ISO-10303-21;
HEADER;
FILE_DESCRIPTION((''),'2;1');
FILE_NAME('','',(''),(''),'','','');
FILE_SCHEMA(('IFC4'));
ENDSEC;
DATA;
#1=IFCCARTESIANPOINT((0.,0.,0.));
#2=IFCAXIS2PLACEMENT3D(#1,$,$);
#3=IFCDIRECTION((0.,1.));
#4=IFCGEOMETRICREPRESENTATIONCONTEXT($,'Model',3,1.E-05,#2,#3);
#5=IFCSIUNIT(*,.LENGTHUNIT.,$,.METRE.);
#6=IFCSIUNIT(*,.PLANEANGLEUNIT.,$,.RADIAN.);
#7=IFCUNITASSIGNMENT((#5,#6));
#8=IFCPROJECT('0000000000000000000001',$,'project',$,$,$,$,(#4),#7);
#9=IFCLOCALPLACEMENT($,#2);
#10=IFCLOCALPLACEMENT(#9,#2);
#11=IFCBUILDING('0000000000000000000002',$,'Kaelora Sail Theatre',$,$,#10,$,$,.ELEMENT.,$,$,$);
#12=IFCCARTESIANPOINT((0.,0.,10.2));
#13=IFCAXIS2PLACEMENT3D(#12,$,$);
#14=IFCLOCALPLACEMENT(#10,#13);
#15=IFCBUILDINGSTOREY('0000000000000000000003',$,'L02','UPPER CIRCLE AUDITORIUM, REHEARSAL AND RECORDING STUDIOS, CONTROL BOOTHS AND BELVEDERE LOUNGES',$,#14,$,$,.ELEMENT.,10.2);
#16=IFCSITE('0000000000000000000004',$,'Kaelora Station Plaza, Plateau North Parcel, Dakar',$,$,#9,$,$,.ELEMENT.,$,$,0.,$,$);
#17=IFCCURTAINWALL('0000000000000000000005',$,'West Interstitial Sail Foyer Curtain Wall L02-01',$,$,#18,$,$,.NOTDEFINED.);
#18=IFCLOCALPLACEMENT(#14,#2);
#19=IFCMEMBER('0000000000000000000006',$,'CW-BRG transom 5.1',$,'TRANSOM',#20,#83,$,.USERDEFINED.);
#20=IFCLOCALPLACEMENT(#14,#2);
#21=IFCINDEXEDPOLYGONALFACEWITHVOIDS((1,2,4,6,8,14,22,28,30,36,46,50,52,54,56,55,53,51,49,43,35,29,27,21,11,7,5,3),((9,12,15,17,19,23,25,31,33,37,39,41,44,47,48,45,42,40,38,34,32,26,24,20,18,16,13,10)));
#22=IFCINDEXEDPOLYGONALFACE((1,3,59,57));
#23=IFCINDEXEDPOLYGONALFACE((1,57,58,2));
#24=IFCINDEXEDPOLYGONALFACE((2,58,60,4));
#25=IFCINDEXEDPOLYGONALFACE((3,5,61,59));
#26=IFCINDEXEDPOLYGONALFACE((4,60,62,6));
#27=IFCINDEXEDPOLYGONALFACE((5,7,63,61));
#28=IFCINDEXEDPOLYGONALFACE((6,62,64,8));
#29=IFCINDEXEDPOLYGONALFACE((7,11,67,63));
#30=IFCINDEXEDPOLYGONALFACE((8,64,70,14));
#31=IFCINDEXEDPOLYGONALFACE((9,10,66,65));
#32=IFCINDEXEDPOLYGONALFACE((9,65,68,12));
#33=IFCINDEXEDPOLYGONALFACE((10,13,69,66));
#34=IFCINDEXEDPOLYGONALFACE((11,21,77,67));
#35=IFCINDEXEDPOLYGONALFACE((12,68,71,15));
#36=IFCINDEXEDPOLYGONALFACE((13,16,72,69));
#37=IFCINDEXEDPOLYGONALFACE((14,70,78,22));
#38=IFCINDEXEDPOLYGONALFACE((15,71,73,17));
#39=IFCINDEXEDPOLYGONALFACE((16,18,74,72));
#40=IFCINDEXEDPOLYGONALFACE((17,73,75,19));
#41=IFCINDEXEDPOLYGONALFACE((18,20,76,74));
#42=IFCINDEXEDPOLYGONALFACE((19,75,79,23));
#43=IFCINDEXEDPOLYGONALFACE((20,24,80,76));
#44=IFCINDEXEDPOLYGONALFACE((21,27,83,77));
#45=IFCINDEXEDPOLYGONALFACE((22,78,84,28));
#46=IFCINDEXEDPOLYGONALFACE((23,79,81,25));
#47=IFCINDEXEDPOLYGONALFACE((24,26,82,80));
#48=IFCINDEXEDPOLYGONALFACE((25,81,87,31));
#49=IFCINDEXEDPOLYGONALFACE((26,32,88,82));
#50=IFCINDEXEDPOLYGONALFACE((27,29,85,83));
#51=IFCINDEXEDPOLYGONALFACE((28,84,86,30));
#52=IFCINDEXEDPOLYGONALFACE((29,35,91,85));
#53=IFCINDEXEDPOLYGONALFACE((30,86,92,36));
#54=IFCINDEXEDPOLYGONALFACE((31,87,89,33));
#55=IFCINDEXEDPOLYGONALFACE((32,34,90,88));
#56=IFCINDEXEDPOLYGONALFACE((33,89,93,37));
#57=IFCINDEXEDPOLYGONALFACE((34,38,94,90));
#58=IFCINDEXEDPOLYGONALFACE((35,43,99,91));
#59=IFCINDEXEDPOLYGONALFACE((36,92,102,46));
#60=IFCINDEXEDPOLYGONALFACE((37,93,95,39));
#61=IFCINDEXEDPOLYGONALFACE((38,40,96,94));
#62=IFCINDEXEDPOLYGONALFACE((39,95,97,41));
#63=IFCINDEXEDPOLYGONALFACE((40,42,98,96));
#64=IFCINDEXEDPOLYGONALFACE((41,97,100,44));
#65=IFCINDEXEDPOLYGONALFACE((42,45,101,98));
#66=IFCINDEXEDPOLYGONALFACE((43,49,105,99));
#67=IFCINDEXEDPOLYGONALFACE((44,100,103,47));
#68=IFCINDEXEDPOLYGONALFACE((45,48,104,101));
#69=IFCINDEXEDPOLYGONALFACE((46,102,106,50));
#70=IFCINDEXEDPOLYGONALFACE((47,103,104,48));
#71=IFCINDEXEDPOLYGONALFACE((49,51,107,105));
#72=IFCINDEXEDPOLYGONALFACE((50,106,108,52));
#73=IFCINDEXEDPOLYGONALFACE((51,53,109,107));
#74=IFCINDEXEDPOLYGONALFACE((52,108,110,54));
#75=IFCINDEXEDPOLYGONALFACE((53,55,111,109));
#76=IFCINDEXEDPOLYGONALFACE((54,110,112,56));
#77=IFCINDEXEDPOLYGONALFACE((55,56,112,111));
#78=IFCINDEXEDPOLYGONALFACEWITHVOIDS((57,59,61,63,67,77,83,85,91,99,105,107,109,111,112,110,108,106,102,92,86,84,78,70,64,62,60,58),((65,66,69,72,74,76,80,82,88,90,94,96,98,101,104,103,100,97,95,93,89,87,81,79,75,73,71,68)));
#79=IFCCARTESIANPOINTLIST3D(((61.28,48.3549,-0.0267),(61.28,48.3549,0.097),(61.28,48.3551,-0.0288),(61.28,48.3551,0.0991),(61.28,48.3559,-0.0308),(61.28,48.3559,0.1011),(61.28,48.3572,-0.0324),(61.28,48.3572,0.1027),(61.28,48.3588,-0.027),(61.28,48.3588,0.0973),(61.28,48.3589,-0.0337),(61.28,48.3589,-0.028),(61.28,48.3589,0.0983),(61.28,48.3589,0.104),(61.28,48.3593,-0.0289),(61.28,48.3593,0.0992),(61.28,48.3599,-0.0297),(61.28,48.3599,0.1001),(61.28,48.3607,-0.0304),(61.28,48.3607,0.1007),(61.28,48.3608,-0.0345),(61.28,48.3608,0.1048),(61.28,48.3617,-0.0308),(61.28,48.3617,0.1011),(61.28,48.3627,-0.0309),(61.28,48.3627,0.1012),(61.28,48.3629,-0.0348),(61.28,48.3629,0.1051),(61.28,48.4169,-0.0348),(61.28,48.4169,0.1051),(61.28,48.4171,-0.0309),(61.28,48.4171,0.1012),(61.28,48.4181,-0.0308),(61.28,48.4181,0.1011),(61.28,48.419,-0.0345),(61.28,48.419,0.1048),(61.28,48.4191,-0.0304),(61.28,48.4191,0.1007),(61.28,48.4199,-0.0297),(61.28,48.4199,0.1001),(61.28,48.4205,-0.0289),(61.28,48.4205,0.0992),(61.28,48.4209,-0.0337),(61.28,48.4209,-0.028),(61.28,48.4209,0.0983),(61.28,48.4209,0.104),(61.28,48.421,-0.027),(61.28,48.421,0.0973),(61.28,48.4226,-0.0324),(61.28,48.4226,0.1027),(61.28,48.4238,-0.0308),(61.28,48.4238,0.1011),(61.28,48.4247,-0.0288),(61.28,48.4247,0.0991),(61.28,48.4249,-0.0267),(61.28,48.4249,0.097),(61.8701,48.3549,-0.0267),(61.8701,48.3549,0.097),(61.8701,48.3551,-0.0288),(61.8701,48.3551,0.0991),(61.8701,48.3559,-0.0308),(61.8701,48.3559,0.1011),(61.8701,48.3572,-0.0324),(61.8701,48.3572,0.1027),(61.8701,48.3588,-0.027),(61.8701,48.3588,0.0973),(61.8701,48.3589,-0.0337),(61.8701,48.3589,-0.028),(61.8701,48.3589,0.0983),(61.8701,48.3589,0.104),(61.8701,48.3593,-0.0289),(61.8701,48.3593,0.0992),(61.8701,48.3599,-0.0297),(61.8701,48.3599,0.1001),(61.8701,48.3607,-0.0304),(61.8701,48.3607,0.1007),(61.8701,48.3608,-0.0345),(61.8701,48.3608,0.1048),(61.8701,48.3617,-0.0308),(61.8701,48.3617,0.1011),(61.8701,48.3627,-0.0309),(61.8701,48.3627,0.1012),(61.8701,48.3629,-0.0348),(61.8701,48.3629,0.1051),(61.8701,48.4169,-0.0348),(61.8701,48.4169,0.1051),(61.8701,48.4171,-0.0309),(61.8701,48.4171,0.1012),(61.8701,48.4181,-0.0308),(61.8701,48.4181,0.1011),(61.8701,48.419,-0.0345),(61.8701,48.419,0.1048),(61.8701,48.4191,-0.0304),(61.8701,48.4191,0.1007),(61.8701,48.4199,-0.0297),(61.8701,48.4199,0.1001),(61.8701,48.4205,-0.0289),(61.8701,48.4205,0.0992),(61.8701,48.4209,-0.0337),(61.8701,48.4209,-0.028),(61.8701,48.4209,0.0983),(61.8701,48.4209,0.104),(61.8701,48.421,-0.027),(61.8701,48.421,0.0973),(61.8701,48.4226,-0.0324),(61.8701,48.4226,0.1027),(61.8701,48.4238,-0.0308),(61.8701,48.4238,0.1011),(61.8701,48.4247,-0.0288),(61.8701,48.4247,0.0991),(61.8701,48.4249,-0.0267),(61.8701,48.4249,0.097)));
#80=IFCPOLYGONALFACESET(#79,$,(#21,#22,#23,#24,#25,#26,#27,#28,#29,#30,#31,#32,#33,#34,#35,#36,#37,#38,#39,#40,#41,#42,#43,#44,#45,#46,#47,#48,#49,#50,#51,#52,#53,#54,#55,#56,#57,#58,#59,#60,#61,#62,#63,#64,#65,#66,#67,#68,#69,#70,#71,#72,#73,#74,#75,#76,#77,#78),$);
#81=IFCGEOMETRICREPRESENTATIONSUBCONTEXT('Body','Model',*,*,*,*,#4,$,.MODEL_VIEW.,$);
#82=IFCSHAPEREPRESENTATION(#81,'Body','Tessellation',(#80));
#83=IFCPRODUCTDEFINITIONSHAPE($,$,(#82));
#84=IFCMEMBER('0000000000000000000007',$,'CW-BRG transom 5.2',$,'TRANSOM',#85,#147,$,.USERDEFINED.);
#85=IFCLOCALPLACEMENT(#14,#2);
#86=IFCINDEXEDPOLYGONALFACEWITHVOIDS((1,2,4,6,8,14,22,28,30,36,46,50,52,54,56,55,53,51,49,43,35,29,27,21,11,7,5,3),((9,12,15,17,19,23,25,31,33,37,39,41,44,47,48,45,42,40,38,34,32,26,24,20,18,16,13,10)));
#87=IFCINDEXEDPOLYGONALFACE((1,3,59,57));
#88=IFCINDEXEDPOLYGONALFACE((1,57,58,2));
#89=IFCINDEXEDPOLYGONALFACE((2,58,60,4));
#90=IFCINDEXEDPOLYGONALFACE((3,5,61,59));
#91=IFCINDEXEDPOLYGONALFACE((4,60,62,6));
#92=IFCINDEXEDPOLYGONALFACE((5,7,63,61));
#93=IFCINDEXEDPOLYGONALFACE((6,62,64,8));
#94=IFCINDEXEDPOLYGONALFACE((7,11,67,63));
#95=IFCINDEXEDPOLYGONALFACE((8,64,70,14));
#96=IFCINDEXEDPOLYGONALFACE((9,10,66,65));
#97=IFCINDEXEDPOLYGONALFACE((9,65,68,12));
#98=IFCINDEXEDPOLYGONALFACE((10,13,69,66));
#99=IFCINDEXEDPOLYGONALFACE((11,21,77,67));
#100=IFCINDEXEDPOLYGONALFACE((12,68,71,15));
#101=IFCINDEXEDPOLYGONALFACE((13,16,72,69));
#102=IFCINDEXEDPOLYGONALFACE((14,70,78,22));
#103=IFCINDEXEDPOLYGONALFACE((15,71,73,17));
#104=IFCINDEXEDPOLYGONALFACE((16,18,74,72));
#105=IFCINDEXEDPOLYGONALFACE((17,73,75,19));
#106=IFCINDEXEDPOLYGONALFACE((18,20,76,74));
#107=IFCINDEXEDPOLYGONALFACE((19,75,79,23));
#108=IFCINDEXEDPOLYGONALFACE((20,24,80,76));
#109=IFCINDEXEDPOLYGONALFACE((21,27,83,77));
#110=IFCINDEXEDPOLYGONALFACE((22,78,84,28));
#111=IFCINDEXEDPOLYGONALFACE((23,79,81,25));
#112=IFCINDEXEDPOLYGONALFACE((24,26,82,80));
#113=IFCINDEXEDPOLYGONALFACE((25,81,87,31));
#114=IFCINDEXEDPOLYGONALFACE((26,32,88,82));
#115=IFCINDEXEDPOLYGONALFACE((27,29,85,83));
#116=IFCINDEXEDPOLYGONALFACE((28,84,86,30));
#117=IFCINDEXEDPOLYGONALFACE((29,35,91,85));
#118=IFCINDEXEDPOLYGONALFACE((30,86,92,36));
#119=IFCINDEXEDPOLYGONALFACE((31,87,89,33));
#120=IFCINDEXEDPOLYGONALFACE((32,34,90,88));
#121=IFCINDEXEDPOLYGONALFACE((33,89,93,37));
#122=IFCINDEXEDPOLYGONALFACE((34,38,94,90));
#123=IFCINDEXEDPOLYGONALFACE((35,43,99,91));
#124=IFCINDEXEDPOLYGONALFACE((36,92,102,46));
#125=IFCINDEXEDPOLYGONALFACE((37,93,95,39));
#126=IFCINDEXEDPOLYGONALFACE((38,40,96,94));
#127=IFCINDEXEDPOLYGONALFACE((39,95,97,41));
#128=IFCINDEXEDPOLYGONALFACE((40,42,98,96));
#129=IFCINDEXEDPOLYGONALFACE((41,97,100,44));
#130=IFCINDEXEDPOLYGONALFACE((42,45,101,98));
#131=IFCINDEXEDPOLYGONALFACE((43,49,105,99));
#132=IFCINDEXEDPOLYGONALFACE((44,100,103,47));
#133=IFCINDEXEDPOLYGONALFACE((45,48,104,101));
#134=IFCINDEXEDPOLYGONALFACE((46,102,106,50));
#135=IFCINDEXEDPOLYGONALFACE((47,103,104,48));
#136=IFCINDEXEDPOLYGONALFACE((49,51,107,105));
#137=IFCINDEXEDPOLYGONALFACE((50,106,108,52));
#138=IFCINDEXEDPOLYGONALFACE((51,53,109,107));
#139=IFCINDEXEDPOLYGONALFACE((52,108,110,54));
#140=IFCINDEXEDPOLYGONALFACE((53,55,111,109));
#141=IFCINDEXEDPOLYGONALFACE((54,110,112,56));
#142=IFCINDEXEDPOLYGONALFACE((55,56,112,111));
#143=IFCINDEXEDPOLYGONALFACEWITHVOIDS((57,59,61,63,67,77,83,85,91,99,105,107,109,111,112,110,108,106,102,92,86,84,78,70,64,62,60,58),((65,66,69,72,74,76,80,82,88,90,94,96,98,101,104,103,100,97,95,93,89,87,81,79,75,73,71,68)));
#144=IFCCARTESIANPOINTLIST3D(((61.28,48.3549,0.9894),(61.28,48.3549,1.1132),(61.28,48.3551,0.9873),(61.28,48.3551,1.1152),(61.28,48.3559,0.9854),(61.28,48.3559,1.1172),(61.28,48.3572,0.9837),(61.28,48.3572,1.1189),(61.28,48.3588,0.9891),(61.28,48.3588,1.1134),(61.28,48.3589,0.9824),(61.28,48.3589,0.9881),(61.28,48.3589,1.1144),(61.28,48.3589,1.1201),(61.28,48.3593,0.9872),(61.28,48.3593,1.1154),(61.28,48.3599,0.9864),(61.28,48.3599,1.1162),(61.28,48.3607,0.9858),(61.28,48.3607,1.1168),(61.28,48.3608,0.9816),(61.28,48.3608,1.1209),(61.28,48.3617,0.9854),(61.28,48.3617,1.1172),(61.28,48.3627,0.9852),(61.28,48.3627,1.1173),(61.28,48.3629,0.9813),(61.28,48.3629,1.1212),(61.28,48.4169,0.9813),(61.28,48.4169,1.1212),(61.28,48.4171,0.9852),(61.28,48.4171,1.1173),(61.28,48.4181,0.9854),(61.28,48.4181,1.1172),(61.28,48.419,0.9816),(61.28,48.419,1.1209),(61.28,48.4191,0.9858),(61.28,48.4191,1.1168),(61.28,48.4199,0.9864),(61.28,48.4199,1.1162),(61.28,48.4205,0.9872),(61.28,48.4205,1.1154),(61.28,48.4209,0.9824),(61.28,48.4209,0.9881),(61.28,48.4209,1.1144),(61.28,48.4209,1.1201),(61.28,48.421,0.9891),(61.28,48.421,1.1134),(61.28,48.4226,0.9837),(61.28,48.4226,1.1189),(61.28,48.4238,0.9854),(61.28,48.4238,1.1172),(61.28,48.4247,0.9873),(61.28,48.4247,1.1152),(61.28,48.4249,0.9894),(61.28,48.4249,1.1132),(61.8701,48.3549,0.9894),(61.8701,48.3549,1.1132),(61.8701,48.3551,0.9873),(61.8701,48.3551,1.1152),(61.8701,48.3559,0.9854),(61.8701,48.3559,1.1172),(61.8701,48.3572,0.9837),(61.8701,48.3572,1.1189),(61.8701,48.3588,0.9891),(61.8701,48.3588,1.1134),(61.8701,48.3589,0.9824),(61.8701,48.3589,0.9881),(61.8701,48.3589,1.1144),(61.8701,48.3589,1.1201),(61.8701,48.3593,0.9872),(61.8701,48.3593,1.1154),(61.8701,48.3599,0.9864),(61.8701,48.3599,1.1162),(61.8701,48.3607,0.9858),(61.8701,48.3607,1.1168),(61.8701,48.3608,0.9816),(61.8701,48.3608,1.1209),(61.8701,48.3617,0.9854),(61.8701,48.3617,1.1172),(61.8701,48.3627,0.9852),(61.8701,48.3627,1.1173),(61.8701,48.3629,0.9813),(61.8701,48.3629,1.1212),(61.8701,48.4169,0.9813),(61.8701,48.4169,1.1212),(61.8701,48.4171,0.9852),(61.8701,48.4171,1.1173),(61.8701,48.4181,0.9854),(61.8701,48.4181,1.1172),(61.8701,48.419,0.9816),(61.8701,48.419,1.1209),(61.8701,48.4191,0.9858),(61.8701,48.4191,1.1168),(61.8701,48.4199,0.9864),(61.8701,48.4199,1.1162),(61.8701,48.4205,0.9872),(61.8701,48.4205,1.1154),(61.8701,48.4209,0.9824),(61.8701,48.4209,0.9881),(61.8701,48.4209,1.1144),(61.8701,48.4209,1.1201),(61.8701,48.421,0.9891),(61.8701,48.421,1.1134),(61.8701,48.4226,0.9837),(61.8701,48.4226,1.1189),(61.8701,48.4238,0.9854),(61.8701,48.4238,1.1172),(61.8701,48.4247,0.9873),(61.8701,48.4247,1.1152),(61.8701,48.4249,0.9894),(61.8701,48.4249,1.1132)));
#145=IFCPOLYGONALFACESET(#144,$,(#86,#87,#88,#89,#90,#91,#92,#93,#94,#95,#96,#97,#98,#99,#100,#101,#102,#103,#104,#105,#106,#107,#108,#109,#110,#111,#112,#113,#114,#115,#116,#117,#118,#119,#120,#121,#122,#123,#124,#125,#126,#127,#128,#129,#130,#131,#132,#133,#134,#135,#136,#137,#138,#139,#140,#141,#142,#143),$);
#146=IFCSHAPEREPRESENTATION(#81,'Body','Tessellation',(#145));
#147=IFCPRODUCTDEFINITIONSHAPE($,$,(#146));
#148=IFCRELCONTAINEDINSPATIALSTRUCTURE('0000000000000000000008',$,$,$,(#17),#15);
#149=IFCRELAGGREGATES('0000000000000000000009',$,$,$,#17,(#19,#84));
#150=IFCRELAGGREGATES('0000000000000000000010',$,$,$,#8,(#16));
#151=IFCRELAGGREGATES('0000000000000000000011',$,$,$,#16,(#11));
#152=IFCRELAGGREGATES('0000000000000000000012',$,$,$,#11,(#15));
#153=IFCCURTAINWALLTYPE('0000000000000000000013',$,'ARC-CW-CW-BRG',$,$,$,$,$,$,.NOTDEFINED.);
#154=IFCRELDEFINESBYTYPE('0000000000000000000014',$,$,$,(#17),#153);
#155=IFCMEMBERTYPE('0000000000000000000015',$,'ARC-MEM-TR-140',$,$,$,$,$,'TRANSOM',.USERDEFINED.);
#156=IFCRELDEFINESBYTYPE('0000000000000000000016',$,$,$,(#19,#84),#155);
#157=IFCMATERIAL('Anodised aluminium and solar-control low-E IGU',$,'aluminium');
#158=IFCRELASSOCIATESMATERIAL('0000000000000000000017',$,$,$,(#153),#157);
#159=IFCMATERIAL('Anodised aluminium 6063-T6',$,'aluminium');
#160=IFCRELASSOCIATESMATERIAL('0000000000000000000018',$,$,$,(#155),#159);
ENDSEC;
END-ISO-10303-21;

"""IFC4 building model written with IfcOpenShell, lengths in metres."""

from ifc_helpers import new_model, si_unit, direction, frame, origin, origin_2d, place, context, subcontext, project, spatial, hollow_rectangle, extrude, material, material_profile, profile_set, type_object, element, aggregate, save


model = new_model("IFC4")

# Units and contexts
model_context = context("Model", 3, precision=1e-05, world=origin(), true_north=direction((0.0, 1.0)))
body_context = subcontext(model_context, "Body", "Model", "MODEL_VIEW")
ifc_project = project(units=[si_unit("LENGTHUNIT", "METRE"), si_unit("PLANEANGLEUNIT", "RADIAN")], contexts=[model_context])

# Site, building, storey
site_placement = place(None, origin())
site = spatial("IfcSite", under=ifc_project, at=site_placement, Name="Kaelora Station Plaza, Plateau North Parcel, Dakar", CompositionType="ELEMENT", RefElevation=0.0)
building_placement = place(site_placement, origin())
building = spatial("IfcBuilding", under=site, at=building_placement, Name="Kaelora Sail Theatre", CompositionType="ELEMENT")
storey_placement = place(building_placement, frame((0.0, 0.0, 10.2)))
storey = spatial("IfcBuildingStorey", under=building, at=storey_placement, Name="L02", Description="UPPER CIRCLE AUDITORIUM, REHEARSAL AND RECORDING STUDIOS, CONTROL BOOTHS AND BELVEDERE LOUNGES", CompositionType="ELEMENT", Elevation=10.2)

# Curtain wall, members
ifc_material_1 = material(Name="Anodised aluminium and solar-control low-E IGU", Category="aluminium")
curtain_wall_type = type_object("IfcCurtainWallType", Name="ARC-CW-CW-BRG", PredefinedType="NOTDEFINED", material=ifc_material_1)
curtain_wall_placement = place(storey_placement, origin())
curtain_wall = element("IfcCurtainWall", 1, at=curtain_wall_placement, inside=storey, type_object=curtain_wall_type, Name="West Interstitial Sail Foyer Curtain Wall L02-01", PredefinedType="NOTDEFINED")
ifc_material_2 = material(Name="Anodised aluminium 6063-T6", Category="aluminium")
ifc_material_profile_1 = material_profile(ifc_material_2, hollow_rectangle(XDim=0.0701, YDim=0.1399, WallThickness=0.0039, InnerFilletRadius=0.0039, OuterFilletRadius=0.0081, at=origin_2d()), Name="ALU-TRAN 70x140x4")
ifc_profile_set_1 = profile_set([ifc_material_profile_1], Name="Anodised aluminium 6063-T6")
member_type_1 = type_object("IfcMemberType", Name="ARC-MEM-TR-140", ElementType="TRANSOM", PredefinedType="USERDEFINED", material=ifc_profile_set_1)
member_1_placement = place(storey_placement, frame((61.28, 48.3899, 0.0352), z_axis=(1.0, 0.0, 0.0), x_axis=(0.0, 1.0, 0.0)))
member_1 = element("IfcMember", 2, at=member_1_placement, type_object=member_type_1, Name="CW-BRG transom 5.1", ObjectType="TRANSOM", PredefinedType="USERDEFINED", context=body_context, shape_type="SweptSolid", body=[
    extrude(hollow_rectangle(XDim=0.0701, YDim=0.1399, WallThickness=0.0039, InnerFilletRadius=0.0039, OuterFilletRadius=0.0081, at=origin_2d()), origin(), (0.0, 0.0, 1.0), 0.5901),
])
member_2_placement = place(storey_placement, frame((61.28, 48.3899, 1.0513), z_axis=(1.0, 0.0, 0.0), x_axis=(0.0, 1.0, 0.0)))
member_2 = element("IfcMember", 3, at=member_2_placement, type_object=member_type_1, Name="CW-BRG transom 5.2", ObjectType="TRANSOM", PredefinedType="USERDEFINED", context=body_context, shape_type="SweptSolid", body=[
    extrude(hollow_rectangle(XDim=0.0701, YDim=0.1399, WallThickness=0.0039, InnerFilletRadius=0.0039, OuterFilletRadius=0.0081, at=origin_2d()), origin(), (0.0, 0.0, 1.0), 0.5901),
])
aggregate(curtain_wall, [member_1, member_2])

save(model, "model.ifc")
